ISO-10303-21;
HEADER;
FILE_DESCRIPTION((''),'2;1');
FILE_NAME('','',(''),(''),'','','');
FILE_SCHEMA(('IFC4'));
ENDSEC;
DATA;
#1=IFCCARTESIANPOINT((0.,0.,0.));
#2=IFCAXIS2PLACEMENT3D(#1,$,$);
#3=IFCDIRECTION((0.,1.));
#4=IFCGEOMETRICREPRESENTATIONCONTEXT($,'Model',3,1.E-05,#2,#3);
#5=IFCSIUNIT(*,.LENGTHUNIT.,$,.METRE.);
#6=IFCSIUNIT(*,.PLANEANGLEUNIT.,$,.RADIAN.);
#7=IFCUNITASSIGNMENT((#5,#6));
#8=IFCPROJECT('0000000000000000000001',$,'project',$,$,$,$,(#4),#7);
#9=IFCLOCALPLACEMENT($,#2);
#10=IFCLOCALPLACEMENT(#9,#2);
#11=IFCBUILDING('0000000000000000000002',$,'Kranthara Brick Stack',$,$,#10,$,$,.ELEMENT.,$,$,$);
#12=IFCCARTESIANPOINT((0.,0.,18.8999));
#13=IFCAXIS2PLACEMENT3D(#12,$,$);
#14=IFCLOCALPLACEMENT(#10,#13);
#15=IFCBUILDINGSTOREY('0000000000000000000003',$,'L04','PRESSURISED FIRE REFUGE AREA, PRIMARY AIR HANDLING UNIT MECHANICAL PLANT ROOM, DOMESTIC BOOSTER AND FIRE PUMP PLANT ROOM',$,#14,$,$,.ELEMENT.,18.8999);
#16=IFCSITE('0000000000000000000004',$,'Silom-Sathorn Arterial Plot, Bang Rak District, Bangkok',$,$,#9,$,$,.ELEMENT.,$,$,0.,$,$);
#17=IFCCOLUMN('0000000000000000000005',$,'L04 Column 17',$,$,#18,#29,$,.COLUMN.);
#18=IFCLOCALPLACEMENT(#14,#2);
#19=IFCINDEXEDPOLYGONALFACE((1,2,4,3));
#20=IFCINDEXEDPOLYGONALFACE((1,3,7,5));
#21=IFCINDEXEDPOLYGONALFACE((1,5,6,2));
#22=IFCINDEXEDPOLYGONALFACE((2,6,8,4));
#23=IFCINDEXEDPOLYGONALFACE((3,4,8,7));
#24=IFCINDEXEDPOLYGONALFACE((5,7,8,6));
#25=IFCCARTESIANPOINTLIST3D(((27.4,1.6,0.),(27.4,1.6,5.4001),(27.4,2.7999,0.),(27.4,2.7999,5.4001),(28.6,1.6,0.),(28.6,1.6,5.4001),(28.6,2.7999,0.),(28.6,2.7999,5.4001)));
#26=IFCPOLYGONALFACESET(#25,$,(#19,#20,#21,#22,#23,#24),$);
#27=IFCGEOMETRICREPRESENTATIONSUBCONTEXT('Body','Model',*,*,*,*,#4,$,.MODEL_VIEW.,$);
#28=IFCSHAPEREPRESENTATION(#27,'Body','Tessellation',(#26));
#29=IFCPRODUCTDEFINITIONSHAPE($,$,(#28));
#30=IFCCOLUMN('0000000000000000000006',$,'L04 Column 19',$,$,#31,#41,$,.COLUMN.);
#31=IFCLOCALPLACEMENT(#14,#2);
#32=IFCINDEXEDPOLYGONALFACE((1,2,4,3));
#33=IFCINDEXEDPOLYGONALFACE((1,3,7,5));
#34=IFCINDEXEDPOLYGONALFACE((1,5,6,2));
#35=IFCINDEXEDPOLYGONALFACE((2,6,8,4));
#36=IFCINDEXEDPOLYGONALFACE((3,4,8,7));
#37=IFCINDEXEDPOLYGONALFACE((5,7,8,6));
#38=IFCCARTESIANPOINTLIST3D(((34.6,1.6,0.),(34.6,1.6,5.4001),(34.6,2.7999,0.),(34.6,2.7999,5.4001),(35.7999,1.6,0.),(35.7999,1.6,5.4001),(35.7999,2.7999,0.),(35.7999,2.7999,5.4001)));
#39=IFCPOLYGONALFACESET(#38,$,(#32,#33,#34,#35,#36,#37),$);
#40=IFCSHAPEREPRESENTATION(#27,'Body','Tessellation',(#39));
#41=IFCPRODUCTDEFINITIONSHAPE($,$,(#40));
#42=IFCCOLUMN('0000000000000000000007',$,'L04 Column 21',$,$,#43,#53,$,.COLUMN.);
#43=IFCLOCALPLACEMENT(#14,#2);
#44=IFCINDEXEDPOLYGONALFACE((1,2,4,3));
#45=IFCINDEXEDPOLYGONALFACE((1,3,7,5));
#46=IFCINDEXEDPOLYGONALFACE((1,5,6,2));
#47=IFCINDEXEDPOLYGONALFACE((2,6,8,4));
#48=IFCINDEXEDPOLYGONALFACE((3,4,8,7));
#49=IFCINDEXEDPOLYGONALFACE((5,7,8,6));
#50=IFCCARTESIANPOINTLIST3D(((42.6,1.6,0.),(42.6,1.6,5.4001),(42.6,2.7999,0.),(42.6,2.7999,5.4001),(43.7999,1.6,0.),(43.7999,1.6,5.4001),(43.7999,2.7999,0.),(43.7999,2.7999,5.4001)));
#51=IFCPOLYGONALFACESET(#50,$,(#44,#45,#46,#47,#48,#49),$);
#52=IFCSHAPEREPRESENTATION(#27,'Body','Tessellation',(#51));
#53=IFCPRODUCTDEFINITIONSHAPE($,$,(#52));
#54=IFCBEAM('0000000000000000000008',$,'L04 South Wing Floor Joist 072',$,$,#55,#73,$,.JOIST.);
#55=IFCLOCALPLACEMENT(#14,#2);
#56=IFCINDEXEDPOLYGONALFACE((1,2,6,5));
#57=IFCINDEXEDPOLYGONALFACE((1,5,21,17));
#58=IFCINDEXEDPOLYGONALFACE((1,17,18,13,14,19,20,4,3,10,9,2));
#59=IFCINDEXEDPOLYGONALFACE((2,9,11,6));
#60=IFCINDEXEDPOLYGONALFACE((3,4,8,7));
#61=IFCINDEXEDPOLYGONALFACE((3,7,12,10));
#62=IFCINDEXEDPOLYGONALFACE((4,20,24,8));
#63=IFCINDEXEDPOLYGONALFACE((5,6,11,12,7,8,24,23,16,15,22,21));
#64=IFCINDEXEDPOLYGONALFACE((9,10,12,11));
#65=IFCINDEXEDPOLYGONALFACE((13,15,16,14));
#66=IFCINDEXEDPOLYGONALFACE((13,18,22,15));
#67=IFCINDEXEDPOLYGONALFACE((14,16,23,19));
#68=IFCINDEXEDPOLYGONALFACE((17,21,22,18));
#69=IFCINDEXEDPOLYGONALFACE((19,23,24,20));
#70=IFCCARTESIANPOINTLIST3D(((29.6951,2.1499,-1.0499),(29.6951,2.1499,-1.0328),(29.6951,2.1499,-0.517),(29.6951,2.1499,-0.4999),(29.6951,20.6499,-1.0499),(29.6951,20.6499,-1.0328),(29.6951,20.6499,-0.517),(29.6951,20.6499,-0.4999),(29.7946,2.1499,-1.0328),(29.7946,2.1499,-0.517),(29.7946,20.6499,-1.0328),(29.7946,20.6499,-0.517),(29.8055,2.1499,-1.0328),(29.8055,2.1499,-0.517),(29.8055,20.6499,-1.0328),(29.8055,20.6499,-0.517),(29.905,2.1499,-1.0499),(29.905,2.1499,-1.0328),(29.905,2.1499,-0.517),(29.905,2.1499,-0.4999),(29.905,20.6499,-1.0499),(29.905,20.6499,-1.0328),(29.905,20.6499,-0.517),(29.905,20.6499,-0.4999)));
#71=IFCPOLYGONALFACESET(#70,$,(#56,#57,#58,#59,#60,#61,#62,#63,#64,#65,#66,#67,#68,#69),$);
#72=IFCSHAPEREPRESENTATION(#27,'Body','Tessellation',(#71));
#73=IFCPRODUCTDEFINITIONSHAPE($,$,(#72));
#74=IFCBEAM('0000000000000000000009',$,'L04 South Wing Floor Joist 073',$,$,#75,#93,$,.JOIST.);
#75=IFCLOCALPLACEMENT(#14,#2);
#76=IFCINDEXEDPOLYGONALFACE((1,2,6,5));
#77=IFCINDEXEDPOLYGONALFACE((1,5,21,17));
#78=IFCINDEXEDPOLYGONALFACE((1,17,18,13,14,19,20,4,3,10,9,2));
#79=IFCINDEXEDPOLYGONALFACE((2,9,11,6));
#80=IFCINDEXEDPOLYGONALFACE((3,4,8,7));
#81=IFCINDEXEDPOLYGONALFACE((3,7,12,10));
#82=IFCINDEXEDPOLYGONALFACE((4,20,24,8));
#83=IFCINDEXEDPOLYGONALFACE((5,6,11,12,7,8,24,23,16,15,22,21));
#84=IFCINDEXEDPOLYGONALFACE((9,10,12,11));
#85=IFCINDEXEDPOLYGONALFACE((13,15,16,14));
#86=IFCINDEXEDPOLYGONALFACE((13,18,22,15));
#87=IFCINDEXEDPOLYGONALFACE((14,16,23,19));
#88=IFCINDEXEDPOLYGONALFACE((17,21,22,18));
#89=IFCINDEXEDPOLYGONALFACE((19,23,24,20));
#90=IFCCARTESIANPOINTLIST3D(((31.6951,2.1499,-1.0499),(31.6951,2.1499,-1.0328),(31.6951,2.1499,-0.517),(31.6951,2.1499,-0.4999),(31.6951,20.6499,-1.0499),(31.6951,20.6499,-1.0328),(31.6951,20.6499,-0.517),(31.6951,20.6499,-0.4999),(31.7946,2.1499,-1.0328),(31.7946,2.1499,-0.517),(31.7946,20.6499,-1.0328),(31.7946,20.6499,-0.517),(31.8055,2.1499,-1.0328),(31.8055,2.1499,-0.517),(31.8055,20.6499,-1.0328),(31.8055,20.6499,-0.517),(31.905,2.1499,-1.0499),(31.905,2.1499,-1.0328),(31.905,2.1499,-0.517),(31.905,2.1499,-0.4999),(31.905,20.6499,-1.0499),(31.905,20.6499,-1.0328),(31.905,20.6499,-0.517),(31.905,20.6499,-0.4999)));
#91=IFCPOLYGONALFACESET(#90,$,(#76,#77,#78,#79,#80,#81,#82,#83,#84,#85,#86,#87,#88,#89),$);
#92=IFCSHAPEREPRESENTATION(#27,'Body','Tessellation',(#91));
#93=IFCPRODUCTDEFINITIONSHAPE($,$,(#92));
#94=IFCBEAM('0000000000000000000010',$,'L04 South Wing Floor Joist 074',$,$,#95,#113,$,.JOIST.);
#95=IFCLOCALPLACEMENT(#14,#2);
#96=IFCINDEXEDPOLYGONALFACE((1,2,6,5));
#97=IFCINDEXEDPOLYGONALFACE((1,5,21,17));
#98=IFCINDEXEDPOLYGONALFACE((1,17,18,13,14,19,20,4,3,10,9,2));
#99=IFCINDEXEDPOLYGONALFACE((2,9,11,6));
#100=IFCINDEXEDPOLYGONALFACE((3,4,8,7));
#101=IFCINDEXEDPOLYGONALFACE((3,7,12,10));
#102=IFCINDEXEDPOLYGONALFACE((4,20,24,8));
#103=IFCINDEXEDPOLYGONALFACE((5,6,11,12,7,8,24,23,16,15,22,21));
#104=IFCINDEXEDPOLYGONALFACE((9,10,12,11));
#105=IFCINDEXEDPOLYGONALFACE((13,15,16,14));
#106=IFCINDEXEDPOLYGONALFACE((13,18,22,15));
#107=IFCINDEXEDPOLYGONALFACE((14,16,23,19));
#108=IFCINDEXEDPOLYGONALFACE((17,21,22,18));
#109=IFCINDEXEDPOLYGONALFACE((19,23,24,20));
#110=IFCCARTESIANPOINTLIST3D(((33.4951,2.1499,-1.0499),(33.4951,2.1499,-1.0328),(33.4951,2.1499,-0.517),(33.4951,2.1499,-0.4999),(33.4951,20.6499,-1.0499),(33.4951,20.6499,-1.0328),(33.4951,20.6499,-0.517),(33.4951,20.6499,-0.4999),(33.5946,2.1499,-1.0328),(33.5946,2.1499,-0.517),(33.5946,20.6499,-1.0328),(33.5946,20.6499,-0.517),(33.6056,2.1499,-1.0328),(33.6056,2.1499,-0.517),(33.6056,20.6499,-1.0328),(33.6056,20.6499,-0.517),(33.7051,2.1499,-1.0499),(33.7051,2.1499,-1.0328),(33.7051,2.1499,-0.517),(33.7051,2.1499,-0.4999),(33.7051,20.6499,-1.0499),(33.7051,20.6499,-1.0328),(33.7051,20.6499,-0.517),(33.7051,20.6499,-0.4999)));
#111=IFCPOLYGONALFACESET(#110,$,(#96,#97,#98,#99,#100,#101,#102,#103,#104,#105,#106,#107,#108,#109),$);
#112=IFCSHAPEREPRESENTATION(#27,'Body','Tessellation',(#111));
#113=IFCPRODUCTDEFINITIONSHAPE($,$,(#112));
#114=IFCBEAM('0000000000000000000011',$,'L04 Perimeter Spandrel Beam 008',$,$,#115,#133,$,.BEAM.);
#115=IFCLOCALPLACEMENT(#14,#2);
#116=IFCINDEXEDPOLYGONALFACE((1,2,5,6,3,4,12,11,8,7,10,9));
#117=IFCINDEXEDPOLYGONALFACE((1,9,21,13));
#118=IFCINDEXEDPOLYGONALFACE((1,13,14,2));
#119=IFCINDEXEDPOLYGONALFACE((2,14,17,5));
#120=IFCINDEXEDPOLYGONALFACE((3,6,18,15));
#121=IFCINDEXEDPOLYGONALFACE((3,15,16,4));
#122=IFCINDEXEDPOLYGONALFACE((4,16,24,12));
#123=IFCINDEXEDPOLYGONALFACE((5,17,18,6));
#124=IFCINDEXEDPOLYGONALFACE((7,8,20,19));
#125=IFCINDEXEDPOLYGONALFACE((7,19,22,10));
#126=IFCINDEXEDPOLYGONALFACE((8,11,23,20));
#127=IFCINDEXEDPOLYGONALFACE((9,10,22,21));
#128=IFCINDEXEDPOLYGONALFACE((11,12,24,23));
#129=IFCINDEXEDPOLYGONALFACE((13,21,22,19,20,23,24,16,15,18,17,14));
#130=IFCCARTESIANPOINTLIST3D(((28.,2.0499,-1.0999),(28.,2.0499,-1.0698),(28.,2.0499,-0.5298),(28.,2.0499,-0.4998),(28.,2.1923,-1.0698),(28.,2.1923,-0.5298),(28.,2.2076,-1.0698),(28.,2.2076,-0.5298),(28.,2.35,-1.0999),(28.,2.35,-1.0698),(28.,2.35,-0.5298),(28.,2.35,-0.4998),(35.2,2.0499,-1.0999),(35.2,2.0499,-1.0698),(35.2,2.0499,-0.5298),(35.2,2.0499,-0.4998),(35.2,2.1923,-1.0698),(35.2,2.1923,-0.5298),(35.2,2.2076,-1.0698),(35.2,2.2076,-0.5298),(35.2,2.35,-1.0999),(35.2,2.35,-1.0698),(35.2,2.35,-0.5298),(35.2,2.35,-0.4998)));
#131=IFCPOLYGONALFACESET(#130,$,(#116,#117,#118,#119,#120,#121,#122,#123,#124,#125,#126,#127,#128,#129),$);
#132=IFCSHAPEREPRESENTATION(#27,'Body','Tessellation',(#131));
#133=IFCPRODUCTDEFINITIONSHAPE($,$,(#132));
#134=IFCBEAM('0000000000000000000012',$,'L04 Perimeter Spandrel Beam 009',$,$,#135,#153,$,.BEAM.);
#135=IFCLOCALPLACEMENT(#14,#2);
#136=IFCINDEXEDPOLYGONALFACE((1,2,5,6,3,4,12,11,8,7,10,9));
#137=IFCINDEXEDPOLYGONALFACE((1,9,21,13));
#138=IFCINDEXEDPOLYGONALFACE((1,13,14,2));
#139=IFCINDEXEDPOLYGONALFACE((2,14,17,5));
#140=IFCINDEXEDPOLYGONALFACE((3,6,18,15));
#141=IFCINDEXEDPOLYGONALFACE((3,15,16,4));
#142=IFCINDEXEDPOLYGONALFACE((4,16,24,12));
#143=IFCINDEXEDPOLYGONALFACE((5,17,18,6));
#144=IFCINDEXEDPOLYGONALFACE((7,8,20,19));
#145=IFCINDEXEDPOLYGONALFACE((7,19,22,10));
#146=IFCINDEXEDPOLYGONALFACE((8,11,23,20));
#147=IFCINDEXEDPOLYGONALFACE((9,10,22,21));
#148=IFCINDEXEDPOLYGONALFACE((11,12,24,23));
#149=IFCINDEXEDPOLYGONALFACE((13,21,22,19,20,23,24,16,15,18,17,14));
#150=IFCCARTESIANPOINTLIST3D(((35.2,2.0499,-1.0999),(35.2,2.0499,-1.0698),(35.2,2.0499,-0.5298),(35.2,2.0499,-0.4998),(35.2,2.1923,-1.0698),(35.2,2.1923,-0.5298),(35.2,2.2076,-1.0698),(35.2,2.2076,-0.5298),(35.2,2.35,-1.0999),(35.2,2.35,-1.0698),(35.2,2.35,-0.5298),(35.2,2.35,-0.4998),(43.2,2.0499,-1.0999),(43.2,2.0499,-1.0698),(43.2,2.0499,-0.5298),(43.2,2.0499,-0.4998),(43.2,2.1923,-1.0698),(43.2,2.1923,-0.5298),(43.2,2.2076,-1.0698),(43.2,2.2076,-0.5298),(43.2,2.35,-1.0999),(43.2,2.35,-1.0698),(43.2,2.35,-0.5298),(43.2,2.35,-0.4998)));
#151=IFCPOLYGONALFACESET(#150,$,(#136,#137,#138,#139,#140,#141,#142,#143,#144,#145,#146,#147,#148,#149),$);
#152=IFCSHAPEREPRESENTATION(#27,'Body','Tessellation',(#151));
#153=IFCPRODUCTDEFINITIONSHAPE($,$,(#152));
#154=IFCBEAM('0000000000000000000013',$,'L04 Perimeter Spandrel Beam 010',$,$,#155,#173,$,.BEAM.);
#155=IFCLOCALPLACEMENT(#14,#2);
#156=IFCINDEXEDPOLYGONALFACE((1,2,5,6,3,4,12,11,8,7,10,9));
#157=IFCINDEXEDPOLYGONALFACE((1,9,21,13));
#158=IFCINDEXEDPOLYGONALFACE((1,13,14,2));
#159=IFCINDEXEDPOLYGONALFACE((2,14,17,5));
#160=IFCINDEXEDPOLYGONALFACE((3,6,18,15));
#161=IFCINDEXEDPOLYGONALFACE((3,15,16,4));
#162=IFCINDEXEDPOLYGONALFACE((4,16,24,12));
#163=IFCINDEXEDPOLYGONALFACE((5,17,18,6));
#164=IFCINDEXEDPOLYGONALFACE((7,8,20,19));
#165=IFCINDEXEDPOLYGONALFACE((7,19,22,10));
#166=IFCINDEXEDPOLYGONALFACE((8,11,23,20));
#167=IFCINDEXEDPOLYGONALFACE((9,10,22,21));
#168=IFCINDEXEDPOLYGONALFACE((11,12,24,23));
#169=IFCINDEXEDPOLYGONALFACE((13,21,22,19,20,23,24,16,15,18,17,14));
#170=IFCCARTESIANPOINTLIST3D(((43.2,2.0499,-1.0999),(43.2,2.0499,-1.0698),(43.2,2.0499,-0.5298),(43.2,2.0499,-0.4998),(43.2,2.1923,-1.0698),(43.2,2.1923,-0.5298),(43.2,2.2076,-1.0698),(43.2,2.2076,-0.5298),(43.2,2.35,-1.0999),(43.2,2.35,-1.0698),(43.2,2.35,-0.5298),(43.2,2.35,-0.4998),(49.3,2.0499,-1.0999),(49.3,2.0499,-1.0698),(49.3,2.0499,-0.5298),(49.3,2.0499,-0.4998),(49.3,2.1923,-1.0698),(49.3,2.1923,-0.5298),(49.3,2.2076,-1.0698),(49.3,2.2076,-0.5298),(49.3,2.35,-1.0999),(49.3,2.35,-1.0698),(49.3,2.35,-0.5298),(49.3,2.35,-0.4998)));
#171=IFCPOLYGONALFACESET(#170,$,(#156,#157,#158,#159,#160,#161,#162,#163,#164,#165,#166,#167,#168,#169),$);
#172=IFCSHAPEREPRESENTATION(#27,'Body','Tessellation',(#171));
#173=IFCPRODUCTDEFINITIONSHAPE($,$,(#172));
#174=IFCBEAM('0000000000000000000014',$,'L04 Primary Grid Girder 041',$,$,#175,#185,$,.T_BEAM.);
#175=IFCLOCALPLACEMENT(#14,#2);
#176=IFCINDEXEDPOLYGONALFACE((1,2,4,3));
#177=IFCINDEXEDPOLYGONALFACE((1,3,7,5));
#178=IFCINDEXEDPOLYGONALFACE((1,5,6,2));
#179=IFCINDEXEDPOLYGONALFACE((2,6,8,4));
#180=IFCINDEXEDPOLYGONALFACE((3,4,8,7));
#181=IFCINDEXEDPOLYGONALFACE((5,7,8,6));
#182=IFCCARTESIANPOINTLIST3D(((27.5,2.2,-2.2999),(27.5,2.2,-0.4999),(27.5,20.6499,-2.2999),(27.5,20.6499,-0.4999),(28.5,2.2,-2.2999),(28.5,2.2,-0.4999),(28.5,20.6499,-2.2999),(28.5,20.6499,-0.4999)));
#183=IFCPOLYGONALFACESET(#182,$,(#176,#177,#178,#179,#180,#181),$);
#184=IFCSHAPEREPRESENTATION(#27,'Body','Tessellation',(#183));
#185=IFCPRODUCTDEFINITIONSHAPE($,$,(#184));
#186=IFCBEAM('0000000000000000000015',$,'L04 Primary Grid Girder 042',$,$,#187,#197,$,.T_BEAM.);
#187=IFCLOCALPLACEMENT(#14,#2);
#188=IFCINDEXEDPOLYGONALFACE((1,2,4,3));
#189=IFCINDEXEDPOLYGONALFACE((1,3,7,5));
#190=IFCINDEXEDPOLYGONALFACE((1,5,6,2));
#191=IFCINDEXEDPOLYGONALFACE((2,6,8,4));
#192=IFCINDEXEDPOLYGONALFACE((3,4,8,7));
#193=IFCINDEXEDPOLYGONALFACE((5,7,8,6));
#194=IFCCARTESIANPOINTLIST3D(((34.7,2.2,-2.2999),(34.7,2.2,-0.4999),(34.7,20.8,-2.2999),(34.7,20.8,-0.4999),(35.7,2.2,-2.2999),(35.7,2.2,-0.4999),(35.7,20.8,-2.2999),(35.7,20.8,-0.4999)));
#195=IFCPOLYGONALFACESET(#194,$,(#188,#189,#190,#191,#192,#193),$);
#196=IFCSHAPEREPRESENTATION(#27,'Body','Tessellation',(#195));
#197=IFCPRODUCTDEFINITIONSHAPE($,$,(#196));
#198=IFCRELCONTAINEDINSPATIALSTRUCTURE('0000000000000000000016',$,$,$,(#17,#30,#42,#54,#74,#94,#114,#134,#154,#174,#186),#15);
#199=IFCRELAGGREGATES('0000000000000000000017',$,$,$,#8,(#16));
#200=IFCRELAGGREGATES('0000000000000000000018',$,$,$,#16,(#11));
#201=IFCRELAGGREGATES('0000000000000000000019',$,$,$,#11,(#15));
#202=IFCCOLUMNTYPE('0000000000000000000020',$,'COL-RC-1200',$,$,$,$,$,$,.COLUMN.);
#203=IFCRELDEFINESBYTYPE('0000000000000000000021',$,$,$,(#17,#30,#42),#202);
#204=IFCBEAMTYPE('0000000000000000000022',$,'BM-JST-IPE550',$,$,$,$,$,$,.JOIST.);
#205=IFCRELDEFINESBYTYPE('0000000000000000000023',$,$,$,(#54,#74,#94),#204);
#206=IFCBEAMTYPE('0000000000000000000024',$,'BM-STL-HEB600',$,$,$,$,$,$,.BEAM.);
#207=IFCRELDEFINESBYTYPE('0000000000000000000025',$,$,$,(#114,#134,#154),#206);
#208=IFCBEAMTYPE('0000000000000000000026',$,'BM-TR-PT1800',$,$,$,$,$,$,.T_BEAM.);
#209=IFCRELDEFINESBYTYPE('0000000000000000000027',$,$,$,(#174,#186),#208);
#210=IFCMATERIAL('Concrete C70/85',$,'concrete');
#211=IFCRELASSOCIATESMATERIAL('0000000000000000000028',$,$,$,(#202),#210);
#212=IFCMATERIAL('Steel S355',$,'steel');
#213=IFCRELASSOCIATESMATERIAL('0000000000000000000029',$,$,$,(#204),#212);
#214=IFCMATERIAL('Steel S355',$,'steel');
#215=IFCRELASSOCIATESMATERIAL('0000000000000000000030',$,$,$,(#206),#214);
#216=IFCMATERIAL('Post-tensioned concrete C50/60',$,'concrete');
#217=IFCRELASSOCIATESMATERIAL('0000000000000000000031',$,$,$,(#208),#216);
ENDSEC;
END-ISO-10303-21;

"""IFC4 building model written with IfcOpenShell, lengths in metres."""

from ifc_helpers import new_model, si_unit, direction, frame, origin, origin_2d, place, context, subcontext, project, spatial, rectangle, i_section, extrude, material, material_profile, profile_set, type_object, element, save


model = new_model("IFC4")

# Units and contexts
model_context = context("Model", 3, precision=1e-05, world=origin(), true_north=direction((0.0, 1.0)))
body_context = subcontext(model_context, "Body", "Model", "MODEL_VIEW")
ifc_project = project(units=[si_unit("LENGTHUNIT", "METRE"), si_unit("PLANEANGLEUNIT", "RADIAN")], contexts=[model_context])

# Site, building, storey
site_placement = place(None, origin())
site = spatial("IfcSite", under=ifc_project, at=site_placement, Name="Silom-Sathorn Arterial Plot, Bang Rak District, Bangkok", CompositionType="ELEMENT", RefElevation=0.0)
building_placement = place(site_placement, origin())
building = spatial("IfcBuilding", under=site, at=building_placement, Name="Kranthara Brick Stack", CompositionType="ELEMENT")
storey_placement = place(building_placement, frame((0.0, 0.0, 18.8999)))
storey = spatial("IfcBuildingStorey", under=building, at=storey_placement, Name="L04", Description="PRESSURISED FIRE REFUGE AREA, PRIMARY AIR HANDLING UNIT MECHANICAL PLANT ROOM, DOMESTIC BOOSTER AND FIRE PUMP PLANT ROOM", CompositionType="ELEMENT", Elevation=18.8999)

# Columns
ifc_material_1 = material(Name="Concrete C70/85", Category="concrete")
ifc_material_profile_1 = material_profile(ifc_material_1, rectangle(XDim=1.2, YDim=1.2, at=origin_2d()), Name="RC 1200x1200")
ifc_profile_set_1 = profile_set([ifc_material_profile_1], Name="Concrete C70/85")
column_type = type_object("IfcColumnType", Name="COL-RC-1200", PredefinedType="COLUMN", material=ifc_profile_set_1)
for number, where, z_axis, x_axis, name in (
    (1, (28.0, 2.2, 0.0), (0.0, 0.0, 1.0), (1.0, 0.0, 0.0), "L04 Column 17"),
    (2, (35.2, 2.2, 0.0), (0.0, 0.0, 1.0), (1.0, 0.0, 0.0), "L04 Column 19"),
    (3, (43.2, 2.2, 0.0), (0.0, 0.0, 1.0), (1.0, 0.0, 0.0), "L04 Column 21"),
):
    element("IfcColumn", number, at=place(storey_placement, frame(where, z_axis=z_axis, x_axis=x_axis)), inside=storey, type_object=column_type, Name=name, PredefinedType="COLUMN", context=body_context, shape_type="SweptSolid", body=[
        extrude(rectangle(XDim=1.2, YDim=1.2, at=origin_2d()), origin(), (0.0, 0.0, 1.0), 5.4001),
    ])

# Beams
ifc_material_2 = material(Name="Steel S355", Category="steel")
ifc_material_profile_2 = material_profile(ifc_material_2, i_section(OverallWidth=0.21, OverallDepth=0.55, WebThickness=0.011, FlangeThickness=0.0171, at=origin_2d()), Name="IPE 550")
ifc_profile_set_2 = profile_set([ifc_material_profile_2], Name="Steel S355")
beam_type_1 = type_object("IfcBeamType", Name="BM-JST-IPE550", PredefinedType="JOIST", material=ifc_profile_set_2)
for number, where, z_axis, x_axis, name in (
    (4, (29.8, 2.1499, -0.7749), (0.0, 1.0, 0.0), (-1.0, 0.0, 0.0), "L04 South Wing Floor Joist 072"),
    (5, (31.8, 2.1499, -0.7749), (0.0, 1.0, 0.0), (-1.0, 0.0, 0.0), "L04 South Wing Floor Joist 073"),
    (6, (33.6001, 2.1499, -0.7749), (0.0, 1.0, 0.0), (-1.0, 0.0, 0.0), "L04 South Wing Floor Joist 074"),
):
    element("IfcBeam", number, at=place(storey_placement, frame(where, z_axis=z_axis, x_axis=x_axis)), inside=storey, type_object=beam_type_1, Name=name, PredefinedType="JOIST", context=body_context, shape_type="SweptSolid", body=[
        extrude(i_section(OverallWidth=0.21, OverallDepth=0.55, WebThickness=0.011, FlangeThickness=0.0171, at=origin_2d()), origin(), (0.0, 0.0, 1.0), 18.5),
    ])
ifc_material_3 = material(Name="Steel S355", Category="steel")
ifc_material_profile_3 = material_profile(ifc_material_3, i_section(OverallWidth=0.3, OverallDepth=0.6001, WebThickness=0.0154, FlangeThickness=0.03, at=origin_2d()), Name="HEB 600")
ifc_profile_set_3 = profile_set([ifc_material_profile_3], Name="Steel S355")
beam_type_2 = type_object("IfcBeamType", Name="BM-STL-HEB600", PredefinedType="BEAM", material=ifc_profile_set_3)
beam_1_placement = place(storey_placement, frame((28.0, 2.2, -0.7998), z_axis=(1.0, 0.0, 0.0), x_axis=(0.0, 1.0, 0.0)))
element("IfcBeam", 7, at=beam_1_placement, inside=storey, type_object=beam_type_2, Name="L04 Perimeter Spandrel Beam 008", PredefinedType="BEAM", context=body_context, shape_type="SweptSolid", body=[
    extrude(i_section(OverallWidth=0.3, OverallDepth=0.6001, WebThickness=0.0154, FlangeThickness=0.03, at=origin_2d()), origin(), (0.0, 0.0, 1.0), 7.2),
])
beam_2_placement = place(storey_placement, frame((35.2, 2.2, -0.7998), z_axis=(1.0, 0.0, 0.0), x_axis=(0.0, 1.0, 0.0)))
element("IfcBeam", 8, at=beam_2_placement, inside=storey, type_object=beam_type_2, Name="L04 Perimeter Spandrel Beam 009", PredefinedType="BEAM", context=body_context, shape_type="SweptSolid", body=[
    extrude(i_section(OverallWidth=0.3, OverallDepth=0.6001, WebThickness=0.0154, FlangeThickness=0.03, at=origin_2d()), origin(), (0.0, 0.0, 1.0), 8.0),
])
beam_3_placement = place(storey_placement, frame((43.2, 2.2, -0.7998), z_axis=(1.0, 0.0, 0.0), x_axis=(0.0, 1.0, 0.0)))
element("IfcBeam", 9, at=beam_3_placement, inside=storey, type_object=beam_type_2, Name="L04 Perimeter Spandrel Beam 010", PredefinedType="BEAM", context=body_context, shape_type="SweptSolid", body=[
    extrude(i_section(OverallWidth=0.3, OverallDepth=0.6001, WebThickness=0.0154, FlangeThickness=0.03, at=origin_2d()), origin(), (0.0, 0.0, 1.0), 6.1001),
])
ifc_material_4 = material(Name="Post-tensioned concrete C50/60", Category="concrete")
ifc_material_profile_4 = material_profile(ifc_material_4, rectangle(XDim=1.0, YDim=1.8, at=origin_2d()), Name="PT 1000x1800")
ifc_profile_set_4 = profile_set([ifc_material_profile_4], Name="Post-tensioned concrete C50/60")
beam_type_3 = type_object("IfcBeamType", Name="BM-TR-PT1800", PredefinedType="T_BEAM", material=ifc_profile_set_4)
beam_4_placement = place(storey_placement, frame((28.0, 2.2, -1.3999), z_axis=(0.0, 1.0, 0.0), x_axis=(-1.0, 0.0, 0.0)))
element("IfcBeam", 10, at=beam_4_placement, inside=storey, type_object=beam_type_3, Name="L04 Primary Grid Girder 041", PredefinedType="T_BEAM", context=body_context, shape_type="SweptSolid", body=[
    extrude(rectangle(XDim=1.0, YDim=1.8, at=origin_2d()), origin(), (0.0, 0.0, 1.0), 18.45),
])
for number, where, z_axis, x_axis, name in (
    (11, (35.2, 2.2, -1.3999), (0.0, 1.0, 0.0), (-1.0, 0.0, 0.0), "L04 Primary Grid Girder 042"),
):
    element("IfcBeam", number, at=place(storey_placement, frame(where, z_axis=z_axis, x_axis=x_axis)), inside=storey, type_object=beam_type_3, Name=name, PredefinedType="T_BEAM", context=body_context, shape_type="SweptSolid", body=[
        extrude(rectangle(XDim=1.0, YDim=1.8, at=origin_2d()), origin(), (0.0, 0.0, 1.0), 18.6001),
    ])

save(model, "model.ifc")
